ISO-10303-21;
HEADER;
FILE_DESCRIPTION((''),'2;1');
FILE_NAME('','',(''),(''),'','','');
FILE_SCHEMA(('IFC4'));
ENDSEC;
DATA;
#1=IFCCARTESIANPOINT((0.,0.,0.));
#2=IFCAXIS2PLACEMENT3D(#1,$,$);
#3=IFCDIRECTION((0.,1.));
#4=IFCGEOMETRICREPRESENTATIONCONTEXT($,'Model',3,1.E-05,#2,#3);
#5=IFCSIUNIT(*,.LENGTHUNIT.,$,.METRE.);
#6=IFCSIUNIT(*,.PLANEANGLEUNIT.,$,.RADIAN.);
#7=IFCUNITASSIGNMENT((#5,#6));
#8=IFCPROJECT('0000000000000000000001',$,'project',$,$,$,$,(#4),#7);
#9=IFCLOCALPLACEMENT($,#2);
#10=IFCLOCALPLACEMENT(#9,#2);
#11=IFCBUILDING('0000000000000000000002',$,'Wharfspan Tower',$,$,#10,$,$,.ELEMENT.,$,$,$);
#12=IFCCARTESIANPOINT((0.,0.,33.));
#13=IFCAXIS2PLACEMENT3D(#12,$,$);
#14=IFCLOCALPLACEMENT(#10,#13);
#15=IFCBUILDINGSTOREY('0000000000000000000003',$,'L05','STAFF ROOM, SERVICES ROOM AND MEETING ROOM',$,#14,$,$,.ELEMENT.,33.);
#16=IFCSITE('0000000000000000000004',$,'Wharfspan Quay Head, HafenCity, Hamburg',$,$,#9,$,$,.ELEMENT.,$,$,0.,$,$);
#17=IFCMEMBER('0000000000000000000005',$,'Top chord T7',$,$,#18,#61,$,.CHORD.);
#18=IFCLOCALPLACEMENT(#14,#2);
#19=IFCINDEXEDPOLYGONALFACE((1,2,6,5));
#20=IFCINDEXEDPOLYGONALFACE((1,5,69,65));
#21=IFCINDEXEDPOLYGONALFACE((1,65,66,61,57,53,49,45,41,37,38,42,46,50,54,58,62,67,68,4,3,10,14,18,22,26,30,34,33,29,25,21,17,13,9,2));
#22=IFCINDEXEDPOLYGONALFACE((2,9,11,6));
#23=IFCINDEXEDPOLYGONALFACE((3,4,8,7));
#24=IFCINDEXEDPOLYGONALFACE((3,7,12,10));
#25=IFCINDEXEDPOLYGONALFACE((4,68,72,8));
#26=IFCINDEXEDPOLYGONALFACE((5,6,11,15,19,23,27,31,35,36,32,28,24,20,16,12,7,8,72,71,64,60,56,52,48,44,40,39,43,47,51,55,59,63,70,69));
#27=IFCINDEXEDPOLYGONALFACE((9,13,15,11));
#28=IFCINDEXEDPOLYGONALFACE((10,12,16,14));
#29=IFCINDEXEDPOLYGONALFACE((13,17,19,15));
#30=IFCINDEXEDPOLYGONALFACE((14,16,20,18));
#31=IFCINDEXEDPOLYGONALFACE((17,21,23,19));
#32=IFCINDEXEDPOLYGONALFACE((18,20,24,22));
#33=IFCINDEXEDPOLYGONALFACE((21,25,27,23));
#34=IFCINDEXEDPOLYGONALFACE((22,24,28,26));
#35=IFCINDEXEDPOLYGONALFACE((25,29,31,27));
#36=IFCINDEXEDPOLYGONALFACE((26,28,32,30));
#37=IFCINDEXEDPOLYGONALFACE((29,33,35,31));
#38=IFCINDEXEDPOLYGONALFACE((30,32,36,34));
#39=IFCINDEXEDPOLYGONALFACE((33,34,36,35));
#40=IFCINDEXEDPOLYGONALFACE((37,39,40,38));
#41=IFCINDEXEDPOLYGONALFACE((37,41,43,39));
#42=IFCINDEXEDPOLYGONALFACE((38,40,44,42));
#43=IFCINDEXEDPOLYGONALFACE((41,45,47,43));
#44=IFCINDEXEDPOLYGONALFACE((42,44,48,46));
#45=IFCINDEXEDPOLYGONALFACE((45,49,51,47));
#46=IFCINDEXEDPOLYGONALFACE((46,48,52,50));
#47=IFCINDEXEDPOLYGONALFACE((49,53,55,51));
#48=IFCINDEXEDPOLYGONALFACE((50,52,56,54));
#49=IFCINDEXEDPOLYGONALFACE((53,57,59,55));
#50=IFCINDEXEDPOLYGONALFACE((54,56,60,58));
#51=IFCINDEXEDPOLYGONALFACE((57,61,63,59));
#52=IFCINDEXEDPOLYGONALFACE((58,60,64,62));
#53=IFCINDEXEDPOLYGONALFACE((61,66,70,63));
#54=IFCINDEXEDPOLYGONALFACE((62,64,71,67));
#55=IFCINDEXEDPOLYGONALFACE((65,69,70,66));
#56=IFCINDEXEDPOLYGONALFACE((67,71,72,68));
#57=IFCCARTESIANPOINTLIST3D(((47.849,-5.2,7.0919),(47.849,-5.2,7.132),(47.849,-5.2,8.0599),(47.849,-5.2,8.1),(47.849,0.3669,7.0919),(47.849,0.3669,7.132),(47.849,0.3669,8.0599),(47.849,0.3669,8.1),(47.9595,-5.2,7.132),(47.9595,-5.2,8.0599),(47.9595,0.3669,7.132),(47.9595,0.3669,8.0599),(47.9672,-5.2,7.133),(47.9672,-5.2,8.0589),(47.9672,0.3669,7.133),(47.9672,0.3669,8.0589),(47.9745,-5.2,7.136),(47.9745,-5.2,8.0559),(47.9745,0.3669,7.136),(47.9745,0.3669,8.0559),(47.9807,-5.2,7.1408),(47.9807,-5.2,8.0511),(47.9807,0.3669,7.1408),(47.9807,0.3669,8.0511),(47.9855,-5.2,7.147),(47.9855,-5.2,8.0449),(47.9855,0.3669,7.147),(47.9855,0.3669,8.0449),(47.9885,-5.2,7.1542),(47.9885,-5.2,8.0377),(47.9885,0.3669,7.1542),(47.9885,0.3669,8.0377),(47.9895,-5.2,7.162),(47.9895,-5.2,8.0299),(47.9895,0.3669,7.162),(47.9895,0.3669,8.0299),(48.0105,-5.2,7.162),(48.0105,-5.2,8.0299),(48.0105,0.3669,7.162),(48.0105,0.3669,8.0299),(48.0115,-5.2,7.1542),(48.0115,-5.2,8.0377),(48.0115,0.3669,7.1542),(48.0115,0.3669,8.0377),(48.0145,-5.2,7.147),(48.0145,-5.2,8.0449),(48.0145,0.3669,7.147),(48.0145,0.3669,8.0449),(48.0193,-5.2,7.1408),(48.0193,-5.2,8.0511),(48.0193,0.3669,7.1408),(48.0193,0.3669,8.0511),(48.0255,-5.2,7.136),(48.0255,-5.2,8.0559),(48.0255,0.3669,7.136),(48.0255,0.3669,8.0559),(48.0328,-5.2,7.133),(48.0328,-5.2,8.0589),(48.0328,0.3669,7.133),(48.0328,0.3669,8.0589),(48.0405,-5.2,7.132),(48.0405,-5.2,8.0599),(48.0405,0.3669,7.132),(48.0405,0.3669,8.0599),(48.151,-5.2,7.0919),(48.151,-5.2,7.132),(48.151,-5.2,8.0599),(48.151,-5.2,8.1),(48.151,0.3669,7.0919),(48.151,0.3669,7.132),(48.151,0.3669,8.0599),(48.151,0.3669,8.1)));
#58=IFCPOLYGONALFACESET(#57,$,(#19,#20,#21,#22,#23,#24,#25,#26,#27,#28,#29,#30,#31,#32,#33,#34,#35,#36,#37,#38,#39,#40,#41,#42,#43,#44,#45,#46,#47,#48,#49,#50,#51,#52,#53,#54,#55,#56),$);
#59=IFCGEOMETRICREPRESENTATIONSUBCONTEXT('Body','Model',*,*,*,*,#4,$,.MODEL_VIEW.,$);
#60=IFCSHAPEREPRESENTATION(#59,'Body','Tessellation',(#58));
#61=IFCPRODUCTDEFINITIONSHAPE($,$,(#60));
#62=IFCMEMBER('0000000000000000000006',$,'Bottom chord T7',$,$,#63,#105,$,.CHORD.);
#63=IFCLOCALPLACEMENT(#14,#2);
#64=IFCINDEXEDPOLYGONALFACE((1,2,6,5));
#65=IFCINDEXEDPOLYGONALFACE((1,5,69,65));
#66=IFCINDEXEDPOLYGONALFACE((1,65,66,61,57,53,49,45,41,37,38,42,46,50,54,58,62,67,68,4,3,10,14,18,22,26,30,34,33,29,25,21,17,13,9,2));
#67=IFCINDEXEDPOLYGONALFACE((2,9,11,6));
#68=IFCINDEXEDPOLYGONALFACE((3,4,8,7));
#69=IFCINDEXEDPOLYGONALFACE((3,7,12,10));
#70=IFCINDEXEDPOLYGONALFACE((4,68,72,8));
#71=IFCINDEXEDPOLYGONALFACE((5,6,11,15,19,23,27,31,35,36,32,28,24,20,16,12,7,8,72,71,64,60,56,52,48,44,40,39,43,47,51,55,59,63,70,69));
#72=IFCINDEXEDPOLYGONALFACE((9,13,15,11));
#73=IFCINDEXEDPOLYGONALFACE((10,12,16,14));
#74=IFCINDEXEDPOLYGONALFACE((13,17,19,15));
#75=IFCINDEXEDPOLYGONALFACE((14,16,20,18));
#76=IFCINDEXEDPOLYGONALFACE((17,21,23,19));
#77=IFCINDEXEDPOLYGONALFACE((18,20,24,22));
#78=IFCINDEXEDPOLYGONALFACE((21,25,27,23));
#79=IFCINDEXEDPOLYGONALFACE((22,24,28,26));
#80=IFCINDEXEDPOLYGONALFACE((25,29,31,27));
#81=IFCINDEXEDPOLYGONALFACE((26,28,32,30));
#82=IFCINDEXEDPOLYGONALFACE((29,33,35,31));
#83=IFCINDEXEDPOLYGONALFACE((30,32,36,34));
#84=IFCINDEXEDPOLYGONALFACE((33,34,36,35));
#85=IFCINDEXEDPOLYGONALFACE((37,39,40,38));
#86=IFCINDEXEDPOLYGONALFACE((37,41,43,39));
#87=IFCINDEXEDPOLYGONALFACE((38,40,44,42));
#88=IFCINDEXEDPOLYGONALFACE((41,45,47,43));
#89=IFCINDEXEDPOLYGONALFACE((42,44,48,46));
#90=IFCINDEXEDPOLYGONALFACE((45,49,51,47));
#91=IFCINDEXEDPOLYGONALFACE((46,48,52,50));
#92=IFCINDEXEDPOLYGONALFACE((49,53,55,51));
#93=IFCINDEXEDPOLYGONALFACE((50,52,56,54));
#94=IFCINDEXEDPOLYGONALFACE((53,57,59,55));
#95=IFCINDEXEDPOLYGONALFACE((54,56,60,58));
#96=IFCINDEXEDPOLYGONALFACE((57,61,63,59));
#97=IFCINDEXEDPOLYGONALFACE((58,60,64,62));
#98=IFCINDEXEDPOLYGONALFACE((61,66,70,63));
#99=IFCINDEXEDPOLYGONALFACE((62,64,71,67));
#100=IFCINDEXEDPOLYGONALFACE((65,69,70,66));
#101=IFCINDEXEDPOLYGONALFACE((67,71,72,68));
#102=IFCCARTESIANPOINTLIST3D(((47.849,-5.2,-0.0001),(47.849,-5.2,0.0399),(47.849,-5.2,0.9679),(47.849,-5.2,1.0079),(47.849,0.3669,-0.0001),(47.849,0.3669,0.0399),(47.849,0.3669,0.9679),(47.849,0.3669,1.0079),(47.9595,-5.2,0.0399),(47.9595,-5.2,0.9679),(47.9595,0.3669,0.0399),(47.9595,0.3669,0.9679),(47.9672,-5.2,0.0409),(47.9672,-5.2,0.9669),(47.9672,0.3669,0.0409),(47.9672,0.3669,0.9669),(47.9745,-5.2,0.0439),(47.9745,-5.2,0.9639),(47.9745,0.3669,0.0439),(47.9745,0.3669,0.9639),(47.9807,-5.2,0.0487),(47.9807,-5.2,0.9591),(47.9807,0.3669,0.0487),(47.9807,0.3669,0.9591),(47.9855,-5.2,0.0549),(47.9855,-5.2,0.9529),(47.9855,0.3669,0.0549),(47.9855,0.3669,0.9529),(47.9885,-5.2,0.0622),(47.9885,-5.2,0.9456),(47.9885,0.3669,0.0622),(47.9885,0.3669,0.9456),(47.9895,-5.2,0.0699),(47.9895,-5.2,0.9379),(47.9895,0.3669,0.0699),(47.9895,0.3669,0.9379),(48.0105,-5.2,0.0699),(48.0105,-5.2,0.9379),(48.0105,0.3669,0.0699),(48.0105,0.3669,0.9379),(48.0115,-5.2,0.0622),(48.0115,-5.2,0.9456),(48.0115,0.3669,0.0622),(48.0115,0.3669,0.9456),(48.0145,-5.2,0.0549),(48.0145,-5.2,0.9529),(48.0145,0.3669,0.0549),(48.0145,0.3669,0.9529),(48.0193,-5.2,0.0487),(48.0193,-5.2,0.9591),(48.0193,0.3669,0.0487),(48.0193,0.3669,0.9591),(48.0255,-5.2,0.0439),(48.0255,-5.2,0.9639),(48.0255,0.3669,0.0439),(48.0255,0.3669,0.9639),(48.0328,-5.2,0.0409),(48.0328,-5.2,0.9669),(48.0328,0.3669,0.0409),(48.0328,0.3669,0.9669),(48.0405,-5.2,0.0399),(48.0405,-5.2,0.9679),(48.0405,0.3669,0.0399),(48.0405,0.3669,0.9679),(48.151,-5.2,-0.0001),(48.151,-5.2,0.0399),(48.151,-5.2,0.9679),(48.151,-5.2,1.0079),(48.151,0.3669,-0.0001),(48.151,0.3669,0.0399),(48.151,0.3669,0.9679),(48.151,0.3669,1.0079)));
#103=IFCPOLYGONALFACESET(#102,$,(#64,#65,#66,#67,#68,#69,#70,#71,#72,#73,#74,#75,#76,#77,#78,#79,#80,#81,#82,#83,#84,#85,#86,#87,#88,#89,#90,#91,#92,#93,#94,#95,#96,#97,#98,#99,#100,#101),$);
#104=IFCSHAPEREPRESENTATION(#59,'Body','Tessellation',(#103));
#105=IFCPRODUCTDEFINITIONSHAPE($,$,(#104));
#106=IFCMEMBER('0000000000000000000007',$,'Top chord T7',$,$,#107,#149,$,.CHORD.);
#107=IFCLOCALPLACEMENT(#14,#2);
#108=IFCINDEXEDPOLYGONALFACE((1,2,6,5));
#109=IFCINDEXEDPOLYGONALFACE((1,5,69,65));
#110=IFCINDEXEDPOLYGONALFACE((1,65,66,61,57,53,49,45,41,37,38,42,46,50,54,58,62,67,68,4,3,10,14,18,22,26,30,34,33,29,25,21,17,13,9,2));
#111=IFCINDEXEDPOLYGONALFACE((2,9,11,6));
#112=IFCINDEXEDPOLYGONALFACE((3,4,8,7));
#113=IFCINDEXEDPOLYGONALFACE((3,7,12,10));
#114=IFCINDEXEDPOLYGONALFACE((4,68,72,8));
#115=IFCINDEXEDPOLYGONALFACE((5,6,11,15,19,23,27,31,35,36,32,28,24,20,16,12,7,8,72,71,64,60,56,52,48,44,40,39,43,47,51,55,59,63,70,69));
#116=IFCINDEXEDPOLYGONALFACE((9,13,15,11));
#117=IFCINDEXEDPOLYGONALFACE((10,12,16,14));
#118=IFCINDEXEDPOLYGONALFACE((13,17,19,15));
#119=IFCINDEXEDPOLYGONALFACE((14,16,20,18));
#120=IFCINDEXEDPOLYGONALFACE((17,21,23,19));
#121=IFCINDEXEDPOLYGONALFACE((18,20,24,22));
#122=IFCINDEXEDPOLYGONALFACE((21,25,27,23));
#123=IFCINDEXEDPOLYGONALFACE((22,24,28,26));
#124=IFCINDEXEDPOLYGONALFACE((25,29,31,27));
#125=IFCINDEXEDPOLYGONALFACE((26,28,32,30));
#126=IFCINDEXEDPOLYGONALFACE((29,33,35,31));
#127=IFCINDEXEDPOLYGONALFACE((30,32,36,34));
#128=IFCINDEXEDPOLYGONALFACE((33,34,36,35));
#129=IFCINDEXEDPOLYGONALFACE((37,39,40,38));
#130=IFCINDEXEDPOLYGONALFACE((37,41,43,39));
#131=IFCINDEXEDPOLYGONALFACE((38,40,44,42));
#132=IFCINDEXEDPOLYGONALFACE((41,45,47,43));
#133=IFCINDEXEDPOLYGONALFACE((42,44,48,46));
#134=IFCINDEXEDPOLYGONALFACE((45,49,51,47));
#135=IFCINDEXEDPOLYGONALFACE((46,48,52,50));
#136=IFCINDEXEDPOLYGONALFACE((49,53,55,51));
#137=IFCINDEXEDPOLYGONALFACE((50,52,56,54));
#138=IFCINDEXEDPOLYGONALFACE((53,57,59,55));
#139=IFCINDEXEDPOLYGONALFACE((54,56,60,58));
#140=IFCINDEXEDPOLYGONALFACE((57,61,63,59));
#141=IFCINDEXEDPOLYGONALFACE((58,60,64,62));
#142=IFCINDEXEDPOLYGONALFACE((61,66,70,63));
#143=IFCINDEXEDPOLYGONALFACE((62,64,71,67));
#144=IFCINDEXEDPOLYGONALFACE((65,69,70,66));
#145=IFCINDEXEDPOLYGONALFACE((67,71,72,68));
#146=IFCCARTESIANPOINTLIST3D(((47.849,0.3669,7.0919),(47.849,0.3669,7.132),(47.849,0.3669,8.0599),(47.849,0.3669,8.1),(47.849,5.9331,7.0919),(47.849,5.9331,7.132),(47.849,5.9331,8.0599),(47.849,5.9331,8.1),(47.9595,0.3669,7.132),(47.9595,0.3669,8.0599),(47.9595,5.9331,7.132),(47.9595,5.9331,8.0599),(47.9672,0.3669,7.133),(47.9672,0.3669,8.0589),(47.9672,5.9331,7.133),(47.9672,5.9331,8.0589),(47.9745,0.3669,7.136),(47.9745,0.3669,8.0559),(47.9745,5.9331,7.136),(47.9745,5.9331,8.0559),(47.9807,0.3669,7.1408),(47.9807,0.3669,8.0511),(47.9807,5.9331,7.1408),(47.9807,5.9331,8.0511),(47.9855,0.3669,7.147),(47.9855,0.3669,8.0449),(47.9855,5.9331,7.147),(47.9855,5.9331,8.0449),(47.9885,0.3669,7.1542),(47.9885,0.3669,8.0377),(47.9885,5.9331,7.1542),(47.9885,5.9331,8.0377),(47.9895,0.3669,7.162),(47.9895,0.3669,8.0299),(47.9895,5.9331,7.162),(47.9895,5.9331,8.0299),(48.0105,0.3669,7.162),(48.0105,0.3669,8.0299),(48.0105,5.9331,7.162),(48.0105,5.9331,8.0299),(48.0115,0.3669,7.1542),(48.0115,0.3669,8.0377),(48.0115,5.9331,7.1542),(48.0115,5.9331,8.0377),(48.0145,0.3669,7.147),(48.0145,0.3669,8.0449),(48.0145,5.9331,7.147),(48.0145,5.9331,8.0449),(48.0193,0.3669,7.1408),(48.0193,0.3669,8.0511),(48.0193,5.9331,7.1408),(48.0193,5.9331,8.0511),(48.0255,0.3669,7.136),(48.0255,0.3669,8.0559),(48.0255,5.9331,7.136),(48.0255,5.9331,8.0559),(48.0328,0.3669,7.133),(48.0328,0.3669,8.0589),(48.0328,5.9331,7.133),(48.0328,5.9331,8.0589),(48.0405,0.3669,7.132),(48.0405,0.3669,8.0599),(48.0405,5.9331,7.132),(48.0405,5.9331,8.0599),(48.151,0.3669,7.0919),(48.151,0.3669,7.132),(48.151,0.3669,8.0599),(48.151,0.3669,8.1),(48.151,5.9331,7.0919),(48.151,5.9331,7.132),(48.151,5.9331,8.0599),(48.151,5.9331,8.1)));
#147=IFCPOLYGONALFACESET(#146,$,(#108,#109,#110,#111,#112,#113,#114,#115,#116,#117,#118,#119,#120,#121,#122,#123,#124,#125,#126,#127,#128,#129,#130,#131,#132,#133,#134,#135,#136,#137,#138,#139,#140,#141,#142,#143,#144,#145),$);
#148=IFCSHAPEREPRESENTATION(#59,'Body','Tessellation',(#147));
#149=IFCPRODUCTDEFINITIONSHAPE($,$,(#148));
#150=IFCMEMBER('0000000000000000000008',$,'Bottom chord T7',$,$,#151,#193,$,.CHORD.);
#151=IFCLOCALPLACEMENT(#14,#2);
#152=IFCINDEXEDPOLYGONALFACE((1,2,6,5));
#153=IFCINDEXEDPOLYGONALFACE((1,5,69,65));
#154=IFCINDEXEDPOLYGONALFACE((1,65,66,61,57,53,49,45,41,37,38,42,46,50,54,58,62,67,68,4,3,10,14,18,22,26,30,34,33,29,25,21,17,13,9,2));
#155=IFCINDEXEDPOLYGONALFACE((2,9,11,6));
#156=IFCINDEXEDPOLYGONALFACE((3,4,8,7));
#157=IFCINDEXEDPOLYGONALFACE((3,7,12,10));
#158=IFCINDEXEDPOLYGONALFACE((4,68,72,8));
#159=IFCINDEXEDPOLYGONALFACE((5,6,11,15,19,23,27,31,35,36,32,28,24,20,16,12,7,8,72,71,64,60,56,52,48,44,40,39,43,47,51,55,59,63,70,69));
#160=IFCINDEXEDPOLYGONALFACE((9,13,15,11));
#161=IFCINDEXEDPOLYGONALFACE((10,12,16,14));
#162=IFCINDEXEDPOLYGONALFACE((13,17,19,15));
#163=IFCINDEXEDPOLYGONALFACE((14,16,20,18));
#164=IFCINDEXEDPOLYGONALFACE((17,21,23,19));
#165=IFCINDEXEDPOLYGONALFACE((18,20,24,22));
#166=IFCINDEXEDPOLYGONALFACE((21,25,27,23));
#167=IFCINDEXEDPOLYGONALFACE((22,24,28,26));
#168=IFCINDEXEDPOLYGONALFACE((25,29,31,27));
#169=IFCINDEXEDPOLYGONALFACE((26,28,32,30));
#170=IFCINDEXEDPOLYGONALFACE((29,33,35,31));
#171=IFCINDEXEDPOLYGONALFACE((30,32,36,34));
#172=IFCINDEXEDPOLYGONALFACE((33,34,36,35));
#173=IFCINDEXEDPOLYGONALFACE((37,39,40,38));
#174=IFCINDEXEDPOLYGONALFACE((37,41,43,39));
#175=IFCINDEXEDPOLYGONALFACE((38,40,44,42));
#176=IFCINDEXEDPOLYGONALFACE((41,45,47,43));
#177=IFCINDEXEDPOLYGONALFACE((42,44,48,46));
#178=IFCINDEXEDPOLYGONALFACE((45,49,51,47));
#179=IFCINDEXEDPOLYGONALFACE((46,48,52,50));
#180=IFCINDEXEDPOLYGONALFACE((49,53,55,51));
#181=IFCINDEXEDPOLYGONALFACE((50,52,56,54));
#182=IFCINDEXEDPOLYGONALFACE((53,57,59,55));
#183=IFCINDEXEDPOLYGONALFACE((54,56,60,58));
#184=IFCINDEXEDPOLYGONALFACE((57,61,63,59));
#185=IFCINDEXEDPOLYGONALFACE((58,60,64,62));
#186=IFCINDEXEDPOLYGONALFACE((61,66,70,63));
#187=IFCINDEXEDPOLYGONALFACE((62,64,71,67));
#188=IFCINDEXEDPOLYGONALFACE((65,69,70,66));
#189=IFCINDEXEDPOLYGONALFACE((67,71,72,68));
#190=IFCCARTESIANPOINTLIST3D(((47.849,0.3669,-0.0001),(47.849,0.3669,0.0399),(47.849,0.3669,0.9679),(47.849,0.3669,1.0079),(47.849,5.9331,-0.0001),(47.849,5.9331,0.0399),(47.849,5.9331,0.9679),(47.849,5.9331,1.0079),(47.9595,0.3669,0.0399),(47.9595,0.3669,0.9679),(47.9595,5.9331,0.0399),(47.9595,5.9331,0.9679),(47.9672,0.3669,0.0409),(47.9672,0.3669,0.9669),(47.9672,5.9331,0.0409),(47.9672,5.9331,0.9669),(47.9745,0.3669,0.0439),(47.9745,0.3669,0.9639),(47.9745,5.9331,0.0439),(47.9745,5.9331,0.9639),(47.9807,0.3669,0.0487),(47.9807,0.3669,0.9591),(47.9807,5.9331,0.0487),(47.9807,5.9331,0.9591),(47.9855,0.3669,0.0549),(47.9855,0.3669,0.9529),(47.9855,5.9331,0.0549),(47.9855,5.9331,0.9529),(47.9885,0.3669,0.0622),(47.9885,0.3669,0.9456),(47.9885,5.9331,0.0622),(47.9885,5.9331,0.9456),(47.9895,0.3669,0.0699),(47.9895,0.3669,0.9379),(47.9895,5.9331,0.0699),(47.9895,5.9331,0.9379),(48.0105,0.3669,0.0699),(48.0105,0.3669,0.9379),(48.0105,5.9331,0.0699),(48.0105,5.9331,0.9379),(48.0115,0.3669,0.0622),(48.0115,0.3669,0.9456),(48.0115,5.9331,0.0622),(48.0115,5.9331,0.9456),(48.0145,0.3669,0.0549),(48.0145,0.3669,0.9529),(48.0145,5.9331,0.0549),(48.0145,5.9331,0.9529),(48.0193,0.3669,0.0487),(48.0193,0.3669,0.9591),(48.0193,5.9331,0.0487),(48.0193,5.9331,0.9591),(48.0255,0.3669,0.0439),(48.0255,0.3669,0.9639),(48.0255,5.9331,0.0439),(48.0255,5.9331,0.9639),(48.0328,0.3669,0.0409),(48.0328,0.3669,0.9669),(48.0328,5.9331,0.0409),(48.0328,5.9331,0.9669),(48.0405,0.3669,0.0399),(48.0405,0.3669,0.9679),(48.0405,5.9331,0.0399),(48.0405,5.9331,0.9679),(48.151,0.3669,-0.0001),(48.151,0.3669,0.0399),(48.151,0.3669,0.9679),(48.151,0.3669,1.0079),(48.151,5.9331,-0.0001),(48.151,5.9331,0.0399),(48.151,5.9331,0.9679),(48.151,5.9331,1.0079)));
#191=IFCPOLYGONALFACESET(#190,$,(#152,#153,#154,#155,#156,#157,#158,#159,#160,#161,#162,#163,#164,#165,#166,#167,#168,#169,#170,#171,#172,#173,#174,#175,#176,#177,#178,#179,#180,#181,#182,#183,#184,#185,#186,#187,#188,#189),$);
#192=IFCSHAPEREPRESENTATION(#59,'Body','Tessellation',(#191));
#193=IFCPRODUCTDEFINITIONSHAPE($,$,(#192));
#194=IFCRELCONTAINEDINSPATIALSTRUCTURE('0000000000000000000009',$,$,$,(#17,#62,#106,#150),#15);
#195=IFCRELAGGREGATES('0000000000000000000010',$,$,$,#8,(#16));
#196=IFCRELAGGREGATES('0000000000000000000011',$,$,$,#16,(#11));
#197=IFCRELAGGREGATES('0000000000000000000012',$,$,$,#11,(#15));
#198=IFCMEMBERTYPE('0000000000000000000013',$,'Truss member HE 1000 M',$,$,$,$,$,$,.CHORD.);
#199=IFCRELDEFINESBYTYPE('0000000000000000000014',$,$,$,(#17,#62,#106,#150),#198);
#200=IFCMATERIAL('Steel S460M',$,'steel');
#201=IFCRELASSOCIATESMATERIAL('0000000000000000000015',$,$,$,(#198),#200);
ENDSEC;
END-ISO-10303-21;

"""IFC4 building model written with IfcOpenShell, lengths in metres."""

from ifc_helpers import new_model, si_unit, direction, frame, origin, origin_2d, place, context, subcontext, project, spatial, i_section, extrude, material, material_profile, profile_set, type_object, element, save


model = new_model("IFC4")

# Units and contexts
model_context = context("Model", 3, precision=1e-05, world=origin(), true_north=direction((0.0, 1.0)))
body_context = subcontext(model_context, "Body", "Model", "MODEL_VIEW")
ifc_project = project(units=[si_unit("LENGTHUNIT", "METRE"), si_unit("PLANEANGLEUNIT", "RADIAN")], contexts=[model_context])

# Site, building, storey
site_placement = place(None, origin())
site = spatial("IfcSite", under=ifc_project, at=site_placement, Name="Wharfspan Quay Head, HafenCity, Hamburg", CompositionType="ELEMENT", RefElevation=0.0)
building_placement = place(site_placement, origin())
building = spatial("IfcBuilding", under=site, at=building_placement, Name="Wharfspan Tower", CompositionType="ELEMENT")
storey_placement = place(building_placement, frame((0.0, 0.0, 33.0)))
storey = spatial("IfcBuildingStorey", under=building, at=storey_placement, Name="L05", Description="STAFF ROOM, SERVICES ROOM AND MEETING ROOM", CompositionType="ELEMENT", Elevation=33.0)

# Members
ifc_material_1 = material(Name="Steel S460M", Category="steel")
ifc_material_profile_1 = material_profile(ifc_material_1, i_section(OverallWidth=0.302, OverallDepth=1.0081, WebThickness=0.021, FlangeThickness=0.04, FilletRadius=0.03, at=origin_2d()))
ifc_profile_set_1 = profile_set([ifc_material_profile_1], Name="Steel S460M")
member_type_1 = type_object("IfcMemberType", Name="Truss member HE 1000 M", PredefinedType="CHORD", material=ifc_profile_set_1)
for number, where, z_axis, x_axis, name in (
    (1, (48.0, -5.2, 7.5959), (0.0, 1.0, 0.0), (-1.0, 0.0, 0.0), "Top chord T7"),
    (2, (48.0, -5.2, 0.5039), (0.0, 1.0, 0.0), (-1.0, 0.0, 0.0), "Bottom chord T7"),
):
    element("IfcMember", number, at=place(storey_placement, frame(where, z_axis=z_axis, x_axis=x_axis)), inside=storey, type_object=member_type_1, Name=name, PredefinedType="CHORD", context=body_context, shape_type="SweptSolid", body=[
        extrude(i_section(OverallWidth=0.302, OverallDepth=1.0081, WebThickness=0.021, FlangeThickness=0.04, FilletRadius=0.03, at=origin_2d()), origin(), (0.0, 0.0, 1.0), 5.5669),
    ])
for number, where, z_axis, x_axis, name in (
    (3, (48.0, 0.3669, 7.5959), (0.0, 1.0, 0.0), (-1.0, 0.0, 0.0), "Top chord T7"),
    (4, (48.0, 0.3669, 0.5039), (0.0, 1.0, 0.0), (-1.0, 0.0, 0.0), "Bottom chord T7"),
):
    element("IfcMember", number, at=place(storey_placement, frame(where, z_axis=z_axis, x_axis=x_axis)), inside=storey, type_object=member_type_1, Name=name, PredefinedType="CHORD", context=body_context, shape_type="SweptSolid", body=[
        extrude(i_section(OverallWidth=0.302, OverallDepth=1.0081, WebThickness=0.021, FlangeThickness=0.04, FilletRadius=0.03, at=origin_2d()), origin(), (0.0, 0.0, 1.0), 5.5662),
    ])

save(model, "model.ifc")
